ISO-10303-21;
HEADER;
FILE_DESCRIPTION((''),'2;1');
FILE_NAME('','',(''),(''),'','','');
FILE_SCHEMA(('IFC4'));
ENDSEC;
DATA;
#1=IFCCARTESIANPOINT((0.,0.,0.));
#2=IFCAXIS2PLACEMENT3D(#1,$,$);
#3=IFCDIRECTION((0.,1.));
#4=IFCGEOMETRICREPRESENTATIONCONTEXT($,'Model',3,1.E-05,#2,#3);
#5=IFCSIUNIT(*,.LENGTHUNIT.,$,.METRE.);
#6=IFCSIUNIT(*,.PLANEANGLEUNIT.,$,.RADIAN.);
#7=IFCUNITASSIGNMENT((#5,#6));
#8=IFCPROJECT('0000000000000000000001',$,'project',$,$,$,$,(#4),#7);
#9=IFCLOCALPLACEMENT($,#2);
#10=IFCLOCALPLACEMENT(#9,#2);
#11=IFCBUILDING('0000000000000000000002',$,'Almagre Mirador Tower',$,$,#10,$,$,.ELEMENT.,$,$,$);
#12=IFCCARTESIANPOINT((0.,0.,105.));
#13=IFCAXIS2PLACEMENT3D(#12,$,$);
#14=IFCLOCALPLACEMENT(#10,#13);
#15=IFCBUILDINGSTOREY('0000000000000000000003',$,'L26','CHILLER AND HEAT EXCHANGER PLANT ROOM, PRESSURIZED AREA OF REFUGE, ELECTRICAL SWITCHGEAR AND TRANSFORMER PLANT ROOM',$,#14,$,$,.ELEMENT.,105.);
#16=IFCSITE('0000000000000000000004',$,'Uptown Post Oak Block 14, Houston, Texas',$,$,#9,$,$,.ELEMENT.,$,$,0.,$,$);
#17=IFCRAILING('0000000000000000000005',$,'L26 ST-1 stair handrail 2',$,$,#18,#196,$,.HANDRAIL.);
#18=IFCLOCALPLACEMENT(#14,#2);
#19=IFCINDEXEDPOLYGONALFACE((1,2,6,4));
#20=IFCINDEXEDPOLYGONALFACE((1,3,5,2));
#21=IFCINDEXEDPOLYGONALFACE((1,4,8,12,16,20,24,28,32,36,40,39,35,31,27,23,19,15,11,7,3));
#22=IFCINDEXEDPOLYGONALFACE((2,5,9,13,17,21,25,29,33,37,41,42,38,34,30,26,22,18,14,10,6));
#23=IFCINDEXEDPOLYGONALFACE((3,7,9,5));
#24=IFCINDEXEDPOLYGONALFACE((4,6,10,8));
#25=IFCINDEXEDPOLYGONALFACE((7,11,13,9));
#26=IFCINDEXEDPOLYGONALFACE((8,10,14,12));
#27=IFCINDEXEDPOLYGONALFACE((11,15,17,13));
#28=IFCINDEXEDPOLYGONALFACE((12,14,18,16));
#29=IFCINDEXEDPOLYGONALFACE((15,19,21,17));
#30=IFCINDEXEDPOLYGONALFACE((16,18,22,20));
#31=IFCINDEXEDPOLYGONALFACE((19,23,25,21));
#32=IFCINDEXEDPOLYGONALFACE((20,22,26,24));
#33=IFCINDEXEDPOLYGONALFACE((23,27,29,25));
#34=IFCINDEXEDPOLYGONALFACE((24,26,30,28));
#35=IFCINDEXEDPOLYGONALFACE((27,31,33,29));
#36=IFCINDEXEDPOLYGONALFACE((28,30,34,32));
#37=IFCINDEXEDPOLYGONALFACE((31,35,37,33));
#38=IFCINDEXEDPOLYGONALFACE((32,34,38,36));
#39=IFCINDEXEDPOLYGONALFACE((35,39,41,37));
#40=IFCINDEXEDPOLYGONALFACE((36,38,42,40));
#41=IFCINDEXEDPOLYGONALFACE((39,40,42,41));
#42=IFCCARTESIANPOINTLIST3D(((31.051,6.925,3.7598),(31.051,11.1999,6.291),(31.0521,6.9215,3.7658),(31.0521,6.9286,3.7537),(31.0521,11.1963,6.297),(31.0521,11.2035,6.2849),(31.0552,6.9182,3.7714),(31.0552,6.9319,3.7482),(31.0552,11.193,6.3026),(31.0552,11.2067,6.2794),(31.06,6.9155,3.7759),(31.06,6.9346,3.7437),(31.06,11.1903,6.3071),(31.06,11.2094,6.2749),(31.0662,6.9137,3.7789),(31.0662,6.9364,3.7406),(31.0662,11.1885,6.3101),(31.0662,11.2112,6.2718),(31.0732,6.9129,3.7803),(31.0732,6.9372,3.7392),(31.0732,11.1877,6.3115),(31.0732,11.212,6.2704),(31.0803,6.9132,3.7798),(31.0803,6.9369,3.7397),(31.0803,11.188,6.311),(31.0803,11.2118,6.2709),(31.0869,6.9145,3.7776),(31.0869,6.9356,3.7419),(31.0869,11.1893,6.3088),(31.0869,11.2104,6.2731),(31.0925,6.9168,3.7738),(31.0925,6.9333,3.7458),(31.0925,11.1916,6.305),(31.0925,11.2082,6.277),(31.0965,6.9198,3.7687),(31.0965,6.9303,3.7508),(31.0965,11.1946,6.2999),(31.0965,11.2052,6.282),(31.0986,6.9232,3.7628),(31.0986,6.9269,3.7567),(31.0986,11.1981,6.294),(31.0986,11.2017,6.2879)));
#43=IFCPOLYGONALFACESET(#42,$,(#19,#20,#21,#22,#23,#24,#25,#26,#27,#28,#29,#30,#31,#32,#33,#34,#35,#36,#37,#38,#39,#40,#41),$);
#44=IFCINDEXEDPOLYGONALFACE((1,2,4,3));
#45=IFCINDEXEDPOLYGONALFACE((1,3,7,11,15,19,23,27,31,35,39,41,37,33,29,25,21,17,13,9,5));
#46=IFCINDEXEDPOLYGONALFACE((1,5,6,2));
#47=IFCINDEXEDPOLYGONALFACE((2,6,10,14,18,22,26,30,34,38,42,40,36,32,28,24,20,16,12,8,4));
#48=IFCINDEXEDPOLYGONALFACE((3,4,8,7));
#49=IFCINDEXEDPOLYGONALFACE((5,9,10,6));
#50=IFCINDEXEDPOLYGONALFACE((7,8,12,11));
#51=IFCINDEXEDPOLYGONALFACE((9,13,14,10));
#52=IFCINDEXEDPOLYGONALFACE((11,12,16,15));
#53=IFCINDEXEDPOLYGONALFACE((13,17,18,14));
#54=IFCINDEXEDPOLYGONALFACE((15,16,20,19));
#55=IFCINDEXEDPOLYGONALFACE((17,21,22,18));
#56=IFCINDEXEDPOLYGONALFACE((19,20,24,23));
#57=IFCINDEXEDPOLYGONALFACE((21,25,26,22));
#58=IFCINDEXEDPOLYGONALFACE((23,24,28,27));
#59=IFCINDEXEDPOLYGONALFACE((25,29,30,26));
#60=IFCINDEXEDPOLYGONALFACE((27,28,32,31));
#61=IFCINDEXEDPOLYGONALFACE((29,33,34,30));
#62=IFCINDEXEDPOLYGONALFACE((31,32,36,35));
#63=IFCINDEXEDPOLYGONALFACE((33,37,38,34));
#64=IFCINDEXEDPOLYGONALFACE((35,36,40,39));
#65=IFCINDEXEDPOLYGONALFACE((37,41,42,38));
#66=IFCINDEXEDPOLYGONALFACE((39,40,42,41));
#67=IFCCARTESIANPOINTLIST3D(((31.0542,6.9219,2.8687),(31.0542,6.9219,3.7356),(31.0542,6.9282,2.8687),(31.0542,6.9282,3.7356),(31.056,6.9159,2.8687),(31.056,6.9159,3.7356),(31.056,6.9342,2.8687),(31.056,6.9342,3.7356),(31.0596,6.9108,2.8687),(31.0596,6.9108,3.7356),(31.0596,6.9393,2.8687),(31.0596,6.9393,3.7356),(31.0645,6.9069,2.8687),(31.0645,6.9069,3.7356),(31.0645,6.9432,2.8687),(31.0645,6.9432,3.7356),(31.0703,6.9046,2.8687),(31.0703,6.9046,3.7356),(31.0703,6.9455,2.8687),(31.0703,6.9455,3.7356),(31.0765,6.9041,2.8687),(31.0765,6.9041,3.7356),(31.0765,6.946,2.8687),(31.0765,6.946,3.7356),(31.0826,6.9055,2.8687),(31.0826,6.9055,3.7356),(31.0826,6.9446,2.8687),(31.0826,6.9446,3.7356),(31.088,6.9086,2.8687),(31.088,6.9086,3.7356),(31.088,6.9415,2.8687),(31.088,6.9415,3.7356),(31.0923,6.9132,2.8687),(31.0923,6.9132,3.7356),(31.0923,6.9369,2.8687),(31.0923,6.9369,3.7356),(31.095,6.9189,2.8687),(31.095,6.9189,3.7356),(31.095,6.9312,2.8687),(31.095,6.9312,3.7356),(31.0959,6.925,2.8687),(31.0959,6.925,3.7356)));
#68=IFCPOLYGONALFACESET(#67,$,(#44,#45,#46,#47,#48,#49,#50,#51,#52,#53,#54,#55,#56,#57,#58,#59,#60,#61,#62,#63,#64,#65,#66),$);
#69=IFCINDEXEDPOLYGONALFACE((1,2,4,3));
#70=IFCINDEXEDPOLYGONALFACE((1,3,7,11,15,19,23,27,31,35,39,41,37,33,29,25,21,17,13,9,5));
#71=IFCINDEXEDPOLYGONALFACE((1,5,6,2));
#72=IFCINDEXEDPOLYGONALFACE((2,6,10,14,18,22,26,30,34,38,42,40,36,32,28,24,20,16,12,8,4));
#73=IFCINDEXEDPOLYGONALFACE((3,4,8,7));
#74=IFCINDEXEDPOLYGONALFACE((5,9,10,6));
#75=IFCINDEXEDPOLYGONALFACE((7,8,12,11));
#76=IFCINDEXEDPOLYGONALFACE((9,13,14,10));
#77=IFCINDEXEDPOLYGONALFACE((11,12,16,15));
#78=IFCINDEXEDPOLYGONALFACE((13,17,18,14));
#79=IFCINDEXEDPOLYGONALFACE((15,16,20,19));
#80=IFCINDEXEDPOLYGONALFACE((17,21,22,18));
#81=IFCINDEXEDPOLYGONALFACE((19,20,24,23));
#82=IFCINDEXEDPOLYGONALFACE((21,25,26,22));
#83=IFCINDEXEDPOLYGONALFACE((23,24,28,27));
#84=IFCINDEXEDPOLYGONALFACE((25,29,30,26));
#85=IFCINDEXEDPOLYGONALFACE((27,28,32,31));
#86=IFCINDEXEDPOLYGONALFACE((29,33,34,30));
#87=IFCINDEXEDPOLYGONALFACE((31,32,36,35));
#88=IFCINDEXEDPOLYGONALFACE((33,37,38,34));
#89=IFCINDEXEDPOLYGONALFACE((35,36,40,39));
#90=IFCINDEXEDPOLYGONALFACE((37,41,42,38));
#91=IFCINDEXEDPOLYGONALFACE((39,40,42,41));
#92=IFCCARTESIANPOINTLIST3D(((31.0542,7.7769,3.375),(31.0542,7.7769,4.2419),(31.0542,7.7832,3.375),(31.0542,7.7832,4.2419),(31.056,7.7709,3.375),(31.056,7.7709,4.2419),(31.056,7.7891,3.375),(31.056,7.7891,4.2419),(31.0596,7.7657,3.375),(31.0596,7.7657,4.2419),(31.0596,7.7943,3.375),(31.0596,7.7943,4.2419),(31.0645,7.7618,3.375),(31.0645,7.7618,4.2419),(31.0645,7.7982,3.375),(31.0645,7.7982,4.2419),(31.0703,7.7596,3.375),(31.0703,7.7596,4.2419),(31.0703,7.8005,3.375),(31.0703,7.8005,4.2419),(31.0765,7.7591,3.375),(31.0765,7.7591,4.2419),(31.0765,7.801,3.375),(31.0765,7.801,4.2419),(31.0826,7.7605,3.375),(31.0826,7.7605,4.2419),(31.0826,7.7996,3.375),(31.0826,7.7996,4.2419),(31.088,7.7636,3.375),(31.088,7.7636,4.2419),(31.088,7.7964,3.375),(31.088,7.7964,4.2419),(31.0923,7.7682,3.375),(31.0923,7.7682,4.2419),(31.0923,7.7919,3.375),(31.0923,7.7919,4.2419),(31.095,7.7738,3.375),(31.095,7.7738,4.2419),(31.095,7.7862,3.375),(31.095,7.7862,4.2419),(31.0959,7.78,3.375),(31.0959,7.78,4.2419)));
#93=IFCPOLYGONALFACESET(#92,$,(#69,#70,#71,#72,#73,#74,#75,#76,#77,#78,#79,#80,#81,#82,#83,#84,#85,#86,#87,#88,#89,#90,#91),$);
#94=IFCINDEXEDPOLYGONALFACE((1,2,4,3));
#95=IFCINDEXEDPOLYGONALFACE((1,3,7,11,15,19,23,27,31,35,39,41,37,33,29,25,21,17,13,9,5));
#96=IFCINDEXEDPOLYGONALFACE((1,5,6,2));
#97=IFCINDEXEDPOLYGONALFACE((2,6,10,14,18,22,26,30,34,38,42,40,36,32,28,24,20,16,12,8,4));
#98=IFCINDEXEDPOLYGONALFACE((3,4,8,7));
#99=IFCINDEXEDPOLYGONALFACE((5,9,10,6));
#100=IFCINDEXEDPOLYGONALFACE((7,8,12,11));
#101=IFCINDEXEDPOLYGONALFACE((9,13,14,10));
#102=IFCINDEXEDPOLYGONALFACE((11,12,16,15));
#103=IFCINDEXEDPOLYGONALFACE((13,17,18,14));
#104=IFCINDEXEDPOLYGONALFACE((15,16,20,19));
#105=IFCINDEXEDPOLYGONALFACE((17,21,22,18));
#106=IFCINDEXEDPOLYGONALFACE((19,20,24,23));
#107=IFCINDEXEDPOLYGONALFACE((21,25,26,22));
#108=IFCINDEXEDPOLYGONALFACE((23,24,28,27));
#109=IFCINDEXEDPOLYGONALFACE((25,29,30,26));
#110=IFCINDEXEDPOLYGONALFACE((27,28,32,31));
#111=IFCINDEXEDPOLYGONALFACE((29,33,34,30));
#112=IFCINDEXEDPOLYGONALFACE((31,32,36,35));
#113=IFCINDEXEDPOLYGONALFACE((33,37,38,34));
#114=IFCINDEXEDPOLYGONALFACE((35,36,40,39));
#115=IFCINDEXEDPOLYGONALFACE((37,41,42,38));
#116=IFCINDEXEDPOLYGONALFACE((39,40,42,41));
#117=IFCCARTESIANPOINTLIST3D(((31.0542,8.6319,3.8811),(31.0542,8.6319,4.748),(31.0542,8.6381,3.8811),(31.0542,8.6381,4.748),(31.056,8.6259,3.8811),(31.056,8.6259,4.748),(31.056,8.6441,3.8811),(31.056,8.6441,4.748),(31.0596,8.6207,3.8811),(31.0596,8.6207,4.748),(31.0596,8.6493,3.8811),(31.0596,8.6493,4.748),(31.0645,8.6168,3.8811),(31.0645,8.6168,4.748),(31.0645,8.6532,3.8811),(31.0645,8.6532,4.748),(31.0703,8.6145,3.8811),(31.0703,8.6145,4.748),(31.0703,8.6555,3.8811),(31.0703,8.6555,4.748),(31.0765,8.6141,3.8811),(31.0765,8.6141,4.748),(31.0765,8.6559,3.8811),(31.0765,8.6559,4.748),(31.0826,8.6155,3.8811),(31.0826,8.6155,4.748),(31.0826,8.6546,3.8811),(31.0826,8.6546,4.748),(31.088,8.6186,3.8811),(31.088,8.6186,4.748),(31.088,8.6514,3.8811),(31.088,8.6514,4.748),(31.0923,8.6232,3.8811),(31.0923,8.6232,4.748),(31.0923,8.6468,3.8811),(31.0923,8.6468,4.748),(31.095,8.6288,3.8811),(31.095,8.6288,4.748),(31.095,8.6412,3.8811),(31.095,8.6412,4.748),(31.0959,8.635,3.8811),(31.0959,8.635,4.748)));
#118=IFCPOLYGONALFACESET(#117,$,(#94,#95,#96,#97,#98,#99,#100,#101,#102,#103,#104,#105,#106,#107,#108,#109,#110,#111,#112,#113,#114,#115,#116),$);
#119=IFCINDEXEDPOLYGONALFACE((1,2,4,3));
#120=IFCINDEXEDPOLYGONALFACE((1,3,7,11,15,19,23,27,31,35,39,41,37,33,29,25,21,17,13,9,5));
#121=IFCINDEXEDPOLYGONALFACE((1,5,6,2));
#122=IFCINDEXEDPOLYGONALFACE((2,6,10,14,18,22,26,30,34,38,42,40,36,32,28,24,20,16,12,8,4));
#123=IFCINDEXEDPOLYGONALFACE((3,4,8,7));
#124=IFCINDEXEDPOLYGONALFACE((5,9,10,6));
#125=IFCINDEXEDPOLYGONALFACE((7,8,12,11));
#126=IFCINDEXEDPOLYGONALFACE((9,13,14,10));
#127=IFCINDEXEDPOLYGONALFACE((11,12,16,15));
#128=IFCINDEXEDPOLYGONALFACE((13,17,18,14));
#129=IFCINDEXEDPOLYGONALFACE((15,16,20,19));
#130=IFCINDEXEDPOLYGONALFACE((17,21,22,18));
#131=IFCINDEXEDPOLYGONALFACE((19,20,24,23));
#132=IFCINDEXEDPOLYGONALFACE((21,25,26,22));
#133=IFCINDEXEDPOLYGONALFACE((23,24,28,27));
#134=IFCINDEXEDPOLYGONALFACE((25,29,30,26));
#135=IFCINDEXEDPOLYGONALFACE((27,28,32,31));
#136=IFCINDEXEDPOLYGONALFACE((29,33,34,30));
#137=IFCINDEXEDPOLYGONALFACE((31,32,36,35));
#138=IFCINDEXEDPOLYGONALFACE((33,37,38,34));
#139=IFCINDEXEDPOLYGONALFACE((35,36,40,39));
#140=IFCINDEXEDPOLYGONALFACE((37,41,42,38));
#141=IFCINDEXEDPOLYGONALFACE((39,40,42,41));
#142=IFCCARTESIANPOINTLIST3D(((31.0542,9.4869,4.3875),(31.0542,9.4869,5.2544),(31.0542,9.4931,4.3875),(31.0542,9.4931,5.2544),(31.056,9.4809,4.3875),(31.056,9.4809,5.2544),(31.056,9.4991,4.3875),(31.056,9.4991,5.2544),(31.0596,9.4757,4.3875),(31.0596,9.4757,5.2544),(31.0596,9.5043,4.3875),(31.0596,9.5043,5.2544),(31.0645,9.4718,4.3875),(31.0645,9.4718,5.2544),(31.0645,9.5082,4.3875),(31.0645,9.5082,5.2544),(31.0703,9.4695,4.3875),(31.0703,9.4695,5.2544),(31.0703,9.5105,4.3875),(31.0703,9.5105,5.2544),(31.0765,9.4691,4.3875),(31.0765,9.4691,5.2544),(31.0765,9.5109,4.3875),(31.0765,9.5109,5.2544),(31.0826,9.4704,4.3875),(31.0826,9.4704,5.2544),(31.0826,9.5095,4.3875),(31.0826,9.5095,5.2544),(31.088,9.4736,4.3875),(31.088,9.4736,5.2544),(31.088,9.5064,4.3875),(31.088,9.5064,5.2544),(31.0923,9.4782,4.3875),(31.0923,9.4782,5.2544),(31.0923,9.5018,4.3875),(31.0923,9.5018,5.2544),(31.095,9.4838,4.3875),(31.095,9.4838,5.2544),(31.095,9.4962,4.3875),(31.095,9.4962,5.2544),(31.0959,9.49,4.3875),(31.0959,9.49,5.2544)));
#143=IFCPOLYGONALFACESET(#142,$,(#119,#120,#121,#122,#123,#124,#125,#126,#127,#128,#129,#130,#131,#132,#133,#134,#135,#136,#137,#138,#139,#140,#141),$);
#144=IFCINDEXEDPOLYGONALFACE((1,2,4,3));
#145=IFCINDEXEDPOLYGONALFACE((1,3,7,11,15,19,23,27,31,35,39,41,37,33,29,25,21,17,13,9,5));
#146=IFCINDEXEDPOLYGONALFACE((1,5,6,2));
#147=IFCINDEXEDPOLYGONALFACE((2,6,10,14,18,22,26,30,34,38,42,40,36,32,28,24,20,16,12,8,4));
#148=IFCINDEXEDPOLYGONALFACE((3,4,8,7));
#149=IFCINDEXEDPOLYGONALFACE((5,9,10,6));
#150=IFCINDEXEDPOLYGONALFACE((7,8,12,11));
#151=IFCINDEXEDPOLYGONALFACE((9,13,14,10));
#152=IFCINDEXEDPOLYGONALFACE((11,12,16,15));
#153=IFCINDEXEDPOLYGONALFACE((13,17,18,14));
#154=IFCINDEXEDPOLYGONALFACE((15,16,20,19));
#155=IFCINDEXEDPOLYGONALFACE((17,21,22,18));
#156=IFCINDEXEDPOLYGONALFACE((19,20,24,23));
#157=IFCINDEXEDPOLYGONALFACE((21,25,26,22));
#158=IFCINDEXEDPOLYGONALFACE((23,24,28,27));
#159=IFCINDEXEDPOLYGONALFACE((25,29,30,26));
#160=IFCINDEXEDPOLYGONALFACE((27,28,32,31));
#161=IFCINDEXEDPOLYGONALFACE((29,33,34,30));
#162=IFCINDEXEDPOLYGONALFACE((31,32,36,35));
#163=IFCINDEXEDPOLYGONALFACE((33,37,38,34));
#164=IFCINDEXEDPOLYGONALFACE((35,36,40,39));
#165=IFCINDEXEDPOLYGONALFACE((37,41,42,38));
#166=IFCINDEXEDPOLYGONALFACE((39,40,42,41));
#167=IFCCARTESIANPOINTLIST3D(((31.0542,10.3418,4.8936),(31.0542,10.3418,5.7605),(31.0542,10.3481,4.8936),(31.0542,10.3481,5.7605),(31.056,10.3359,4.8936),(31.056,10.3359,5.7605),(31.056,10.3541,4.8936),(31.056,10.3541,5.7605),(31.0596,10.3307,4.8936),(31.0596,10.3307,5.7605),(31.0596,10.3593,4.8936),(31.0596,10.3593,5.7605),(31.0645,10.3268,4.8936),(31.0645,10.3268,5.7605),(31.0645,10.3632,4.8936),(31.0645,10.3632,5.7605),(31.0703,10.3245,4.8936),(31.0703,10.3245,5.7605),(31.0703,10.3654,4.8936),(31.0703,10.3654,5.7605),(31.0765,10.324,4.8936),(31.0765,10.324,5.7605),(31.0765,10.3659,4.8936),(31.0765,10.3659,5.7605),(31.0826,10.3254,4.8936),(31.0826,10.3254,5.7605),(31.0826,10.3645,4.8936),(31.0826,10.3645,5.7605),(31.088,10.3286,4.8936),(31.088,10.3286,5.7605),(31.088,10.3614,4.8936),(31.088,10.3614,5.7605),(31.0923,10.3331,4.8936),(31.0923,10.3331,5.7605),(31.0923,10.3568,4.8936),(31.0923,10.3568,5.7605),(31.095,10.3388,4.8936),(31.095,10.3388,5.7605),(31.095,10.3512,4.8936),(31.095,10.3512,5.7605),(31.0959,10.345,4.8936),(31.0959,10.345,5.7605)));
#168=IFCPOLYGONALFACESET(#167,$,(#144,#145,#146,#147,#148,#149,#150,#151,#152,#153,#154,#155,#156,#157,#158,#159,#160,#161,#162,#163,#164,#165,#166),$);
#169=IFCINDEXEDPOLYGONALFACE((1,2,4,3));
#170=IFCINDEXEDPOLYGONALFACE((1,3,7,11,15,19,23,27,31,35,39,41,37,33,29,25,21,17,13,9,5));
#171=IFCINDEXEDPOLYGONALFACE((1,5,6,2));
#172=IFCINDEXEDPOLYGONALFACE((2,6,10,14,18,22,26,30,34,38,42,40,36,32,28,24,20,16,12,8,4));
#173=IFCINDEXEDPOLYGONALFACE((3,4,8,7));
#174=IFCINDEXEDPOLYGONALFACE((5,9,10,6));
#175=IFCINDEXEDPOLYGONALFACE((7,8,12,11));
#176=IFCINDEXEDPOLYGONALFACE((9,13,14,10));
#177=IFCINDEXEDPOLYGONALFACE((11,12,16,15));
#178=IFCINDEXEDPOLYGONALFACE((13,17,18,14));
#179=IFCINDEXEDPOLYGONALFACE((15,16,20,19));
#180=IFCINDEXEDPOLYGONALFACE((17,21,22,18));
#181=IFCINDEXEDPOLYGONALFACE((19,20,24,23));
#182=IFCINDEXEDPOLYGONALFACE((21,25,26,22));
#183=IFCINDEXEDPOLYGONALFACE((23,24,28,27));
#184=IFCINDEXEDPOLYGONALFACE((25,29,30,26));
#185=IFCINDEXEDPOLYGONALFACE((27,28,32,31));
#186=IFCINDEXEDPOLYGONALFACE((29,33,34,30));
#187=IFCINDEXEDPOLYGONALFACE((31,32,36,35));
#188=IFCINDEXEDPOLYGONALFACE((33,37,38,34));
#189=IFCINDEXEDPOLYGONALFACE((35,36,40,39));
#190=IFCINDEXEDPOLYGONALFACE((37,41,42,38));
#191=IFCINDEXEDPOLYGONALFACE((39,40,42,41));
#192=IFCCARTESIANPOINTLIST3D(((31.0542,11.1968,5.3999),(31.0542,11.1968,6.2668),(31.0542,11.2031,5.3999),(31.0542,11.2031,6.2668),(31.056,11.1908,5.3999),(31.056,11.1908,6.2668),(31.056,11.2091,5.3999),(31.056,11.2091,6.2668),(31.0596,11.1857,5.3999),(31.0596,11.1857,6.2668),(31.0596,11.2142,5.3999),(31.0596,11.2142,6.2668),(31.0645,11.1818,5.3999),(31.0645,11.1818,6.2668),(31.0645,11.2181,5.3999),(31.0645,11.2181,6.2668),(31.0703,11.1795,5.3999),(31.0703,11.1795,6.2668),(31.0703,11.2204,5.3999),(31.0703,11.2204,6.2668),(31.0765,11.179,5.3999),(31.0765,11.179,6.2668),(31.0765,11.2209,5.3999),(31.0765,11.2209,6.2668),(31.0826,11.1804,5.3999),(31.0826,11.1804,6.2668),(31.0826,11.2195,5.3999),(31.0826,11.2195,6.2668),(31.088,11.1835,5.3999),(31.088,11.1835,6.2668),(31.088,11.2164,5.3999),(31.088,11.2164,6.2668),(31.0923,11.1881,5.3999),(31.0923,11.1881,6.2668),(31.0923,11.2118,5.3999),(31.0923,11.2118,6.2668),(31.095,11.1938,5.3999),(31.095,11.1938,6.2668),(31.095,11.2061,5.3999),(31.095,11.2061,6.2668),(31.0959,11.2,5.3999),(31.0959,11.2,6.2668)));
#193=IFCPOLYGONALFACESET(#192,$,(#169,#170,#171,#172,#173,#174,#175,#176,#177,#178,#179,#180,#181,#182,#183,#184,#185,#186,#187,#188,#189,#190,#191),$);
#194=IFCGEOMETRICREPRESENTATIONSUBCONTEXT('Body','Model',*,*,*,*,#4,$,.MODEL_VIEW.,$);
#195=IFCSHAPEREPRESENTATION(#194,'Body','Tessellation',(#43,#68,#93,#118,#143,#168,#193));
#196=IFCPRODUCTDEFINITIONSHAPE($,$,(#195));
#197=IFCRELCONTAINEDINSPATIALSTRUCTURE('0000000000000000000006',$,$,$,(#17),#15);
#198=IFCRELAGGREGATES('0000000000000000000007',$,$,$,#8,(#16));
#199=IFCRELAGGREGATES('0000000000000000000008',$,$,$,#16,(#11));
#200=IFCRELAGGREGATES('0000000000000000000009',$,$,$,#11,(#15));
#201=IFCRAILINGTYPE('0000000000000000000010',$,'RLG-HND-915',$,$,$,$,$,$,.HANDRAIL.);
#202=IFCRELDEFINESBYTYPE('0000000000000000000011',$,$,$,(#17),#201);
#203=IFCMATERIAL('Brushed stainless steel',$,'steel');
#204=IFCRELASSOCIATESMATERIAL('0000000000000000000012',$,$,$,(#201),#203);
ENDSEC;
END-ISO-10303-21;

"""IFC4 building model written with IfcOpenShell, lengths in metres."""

from ifc_helpers import new_model, si_unit, direction, frame, origin, origin_2d, place, context, subcontext, project, spatial, circle, extrude, material, type_object, element, save


model = new_model("IFC4")

# Units and contexts
model_context = context("Model", 3, precision=1e-05, world=origin(), true_north=direction((0.0, 1.0)))
body_context = subcontext(model_context, "Body", "Model", "MODEL_VIEW")
ifc_project = project(units=[si_unit("LENGTHUNIT", "METRE"), si_unit("PLANEANGLEUNIT", "RADIAN")], contexts=[model_context])

# Site, building, storey
site_placement = place(None, origin())
site = spatial("IfcSite", under=ifc_project, at=site_placement, Name="Uptown Post Oak Block 14, Houston, Texas", CompositionType="ELEMENT", RefElevation=0.0)
building_placement = place(site_placement, origin())
building = spatial("IfcBuilding", under=site, at=building_placement, Name="Almagre Mirador Tower", CompositionType="ELEMENT")
storey_placement = place(building_placement, frame((0.0, 0.0, 105.0)))
storey = spatial("IfcBuildingStorey", under=building, at=storey_placement, Name="L26", Description="CHILLER AND HEAT EXCHANGER PLANT ROOM, PRESSURIZED AREA OF REFUGE, ELECTRICAL SWITCHGEAR AND TRANSFORMER PLANT ROOM", CompositionType="ELEMENT", Elevation=105.0)

# Railing
ifc_material_1 = material(Name="Brushed stainless steel", Category="steel")
railing_type_1 = type_object("IfcRailingType", Name="RLG-HND-915", PredefinedType="HANDRAIL", material=ifc_material_1)
railing_1_placement = place(storey_placement, frame((31.075, 6.925, 2.8687)))
element("IfcRailing", 1, at=railing_1_placement, inside=storey, type_object=railing_type_1, Name="L26 ST-1 stair handrail 2", PredefinedType="HANDRAIL", context=body_context, shape_type="SweptSolid", body=[
    extrude(circle(Radius=0.0239, at=origin_2d()), frame((0.0, 0.0, 0.8911), z_axis=(0.0, 0.86047, 0.509501), x_axis=(-1.0, 0.0, 0.0)), (0.0, 0.0, 1.0), 4.968),
    extrude(circle(Radius=0.021, at=origin_2d()), origin(), (0.0, 0.0, 1.0), 0.8669),
    extrude(circle(Radius=0.021, at=origin_2d()), frame((0.0, 0.855, 0.5063)), (0.0, 0.0, 1.0), 0.8669),
    extrude(circle(Radius=0.021, at=origin_2d()), frame((0.0, 1.71, 1.0125)), (0.0, 0.0, 1.0), 0.8669),
    extrude(circle(Radius=0.021, at=origin_2d()), frame((0.0, 2.5649, 1.5188)), (0.0, 0.0, 1.0), 0.8669),
    extrude(circle(Radius=0.021, at=origin_2d()), frame((0.0, 3.4199, 2.0249)), (0.0, 0.0, 1.0), 0.8669),
    extrude(circle(Radius=0.021, at=origin_2d()), frame((0.0, 4.2749, 2.5312)), (0.0, 0.0, 1.0), 0.8669),
])

save(model, "model.ifc")
